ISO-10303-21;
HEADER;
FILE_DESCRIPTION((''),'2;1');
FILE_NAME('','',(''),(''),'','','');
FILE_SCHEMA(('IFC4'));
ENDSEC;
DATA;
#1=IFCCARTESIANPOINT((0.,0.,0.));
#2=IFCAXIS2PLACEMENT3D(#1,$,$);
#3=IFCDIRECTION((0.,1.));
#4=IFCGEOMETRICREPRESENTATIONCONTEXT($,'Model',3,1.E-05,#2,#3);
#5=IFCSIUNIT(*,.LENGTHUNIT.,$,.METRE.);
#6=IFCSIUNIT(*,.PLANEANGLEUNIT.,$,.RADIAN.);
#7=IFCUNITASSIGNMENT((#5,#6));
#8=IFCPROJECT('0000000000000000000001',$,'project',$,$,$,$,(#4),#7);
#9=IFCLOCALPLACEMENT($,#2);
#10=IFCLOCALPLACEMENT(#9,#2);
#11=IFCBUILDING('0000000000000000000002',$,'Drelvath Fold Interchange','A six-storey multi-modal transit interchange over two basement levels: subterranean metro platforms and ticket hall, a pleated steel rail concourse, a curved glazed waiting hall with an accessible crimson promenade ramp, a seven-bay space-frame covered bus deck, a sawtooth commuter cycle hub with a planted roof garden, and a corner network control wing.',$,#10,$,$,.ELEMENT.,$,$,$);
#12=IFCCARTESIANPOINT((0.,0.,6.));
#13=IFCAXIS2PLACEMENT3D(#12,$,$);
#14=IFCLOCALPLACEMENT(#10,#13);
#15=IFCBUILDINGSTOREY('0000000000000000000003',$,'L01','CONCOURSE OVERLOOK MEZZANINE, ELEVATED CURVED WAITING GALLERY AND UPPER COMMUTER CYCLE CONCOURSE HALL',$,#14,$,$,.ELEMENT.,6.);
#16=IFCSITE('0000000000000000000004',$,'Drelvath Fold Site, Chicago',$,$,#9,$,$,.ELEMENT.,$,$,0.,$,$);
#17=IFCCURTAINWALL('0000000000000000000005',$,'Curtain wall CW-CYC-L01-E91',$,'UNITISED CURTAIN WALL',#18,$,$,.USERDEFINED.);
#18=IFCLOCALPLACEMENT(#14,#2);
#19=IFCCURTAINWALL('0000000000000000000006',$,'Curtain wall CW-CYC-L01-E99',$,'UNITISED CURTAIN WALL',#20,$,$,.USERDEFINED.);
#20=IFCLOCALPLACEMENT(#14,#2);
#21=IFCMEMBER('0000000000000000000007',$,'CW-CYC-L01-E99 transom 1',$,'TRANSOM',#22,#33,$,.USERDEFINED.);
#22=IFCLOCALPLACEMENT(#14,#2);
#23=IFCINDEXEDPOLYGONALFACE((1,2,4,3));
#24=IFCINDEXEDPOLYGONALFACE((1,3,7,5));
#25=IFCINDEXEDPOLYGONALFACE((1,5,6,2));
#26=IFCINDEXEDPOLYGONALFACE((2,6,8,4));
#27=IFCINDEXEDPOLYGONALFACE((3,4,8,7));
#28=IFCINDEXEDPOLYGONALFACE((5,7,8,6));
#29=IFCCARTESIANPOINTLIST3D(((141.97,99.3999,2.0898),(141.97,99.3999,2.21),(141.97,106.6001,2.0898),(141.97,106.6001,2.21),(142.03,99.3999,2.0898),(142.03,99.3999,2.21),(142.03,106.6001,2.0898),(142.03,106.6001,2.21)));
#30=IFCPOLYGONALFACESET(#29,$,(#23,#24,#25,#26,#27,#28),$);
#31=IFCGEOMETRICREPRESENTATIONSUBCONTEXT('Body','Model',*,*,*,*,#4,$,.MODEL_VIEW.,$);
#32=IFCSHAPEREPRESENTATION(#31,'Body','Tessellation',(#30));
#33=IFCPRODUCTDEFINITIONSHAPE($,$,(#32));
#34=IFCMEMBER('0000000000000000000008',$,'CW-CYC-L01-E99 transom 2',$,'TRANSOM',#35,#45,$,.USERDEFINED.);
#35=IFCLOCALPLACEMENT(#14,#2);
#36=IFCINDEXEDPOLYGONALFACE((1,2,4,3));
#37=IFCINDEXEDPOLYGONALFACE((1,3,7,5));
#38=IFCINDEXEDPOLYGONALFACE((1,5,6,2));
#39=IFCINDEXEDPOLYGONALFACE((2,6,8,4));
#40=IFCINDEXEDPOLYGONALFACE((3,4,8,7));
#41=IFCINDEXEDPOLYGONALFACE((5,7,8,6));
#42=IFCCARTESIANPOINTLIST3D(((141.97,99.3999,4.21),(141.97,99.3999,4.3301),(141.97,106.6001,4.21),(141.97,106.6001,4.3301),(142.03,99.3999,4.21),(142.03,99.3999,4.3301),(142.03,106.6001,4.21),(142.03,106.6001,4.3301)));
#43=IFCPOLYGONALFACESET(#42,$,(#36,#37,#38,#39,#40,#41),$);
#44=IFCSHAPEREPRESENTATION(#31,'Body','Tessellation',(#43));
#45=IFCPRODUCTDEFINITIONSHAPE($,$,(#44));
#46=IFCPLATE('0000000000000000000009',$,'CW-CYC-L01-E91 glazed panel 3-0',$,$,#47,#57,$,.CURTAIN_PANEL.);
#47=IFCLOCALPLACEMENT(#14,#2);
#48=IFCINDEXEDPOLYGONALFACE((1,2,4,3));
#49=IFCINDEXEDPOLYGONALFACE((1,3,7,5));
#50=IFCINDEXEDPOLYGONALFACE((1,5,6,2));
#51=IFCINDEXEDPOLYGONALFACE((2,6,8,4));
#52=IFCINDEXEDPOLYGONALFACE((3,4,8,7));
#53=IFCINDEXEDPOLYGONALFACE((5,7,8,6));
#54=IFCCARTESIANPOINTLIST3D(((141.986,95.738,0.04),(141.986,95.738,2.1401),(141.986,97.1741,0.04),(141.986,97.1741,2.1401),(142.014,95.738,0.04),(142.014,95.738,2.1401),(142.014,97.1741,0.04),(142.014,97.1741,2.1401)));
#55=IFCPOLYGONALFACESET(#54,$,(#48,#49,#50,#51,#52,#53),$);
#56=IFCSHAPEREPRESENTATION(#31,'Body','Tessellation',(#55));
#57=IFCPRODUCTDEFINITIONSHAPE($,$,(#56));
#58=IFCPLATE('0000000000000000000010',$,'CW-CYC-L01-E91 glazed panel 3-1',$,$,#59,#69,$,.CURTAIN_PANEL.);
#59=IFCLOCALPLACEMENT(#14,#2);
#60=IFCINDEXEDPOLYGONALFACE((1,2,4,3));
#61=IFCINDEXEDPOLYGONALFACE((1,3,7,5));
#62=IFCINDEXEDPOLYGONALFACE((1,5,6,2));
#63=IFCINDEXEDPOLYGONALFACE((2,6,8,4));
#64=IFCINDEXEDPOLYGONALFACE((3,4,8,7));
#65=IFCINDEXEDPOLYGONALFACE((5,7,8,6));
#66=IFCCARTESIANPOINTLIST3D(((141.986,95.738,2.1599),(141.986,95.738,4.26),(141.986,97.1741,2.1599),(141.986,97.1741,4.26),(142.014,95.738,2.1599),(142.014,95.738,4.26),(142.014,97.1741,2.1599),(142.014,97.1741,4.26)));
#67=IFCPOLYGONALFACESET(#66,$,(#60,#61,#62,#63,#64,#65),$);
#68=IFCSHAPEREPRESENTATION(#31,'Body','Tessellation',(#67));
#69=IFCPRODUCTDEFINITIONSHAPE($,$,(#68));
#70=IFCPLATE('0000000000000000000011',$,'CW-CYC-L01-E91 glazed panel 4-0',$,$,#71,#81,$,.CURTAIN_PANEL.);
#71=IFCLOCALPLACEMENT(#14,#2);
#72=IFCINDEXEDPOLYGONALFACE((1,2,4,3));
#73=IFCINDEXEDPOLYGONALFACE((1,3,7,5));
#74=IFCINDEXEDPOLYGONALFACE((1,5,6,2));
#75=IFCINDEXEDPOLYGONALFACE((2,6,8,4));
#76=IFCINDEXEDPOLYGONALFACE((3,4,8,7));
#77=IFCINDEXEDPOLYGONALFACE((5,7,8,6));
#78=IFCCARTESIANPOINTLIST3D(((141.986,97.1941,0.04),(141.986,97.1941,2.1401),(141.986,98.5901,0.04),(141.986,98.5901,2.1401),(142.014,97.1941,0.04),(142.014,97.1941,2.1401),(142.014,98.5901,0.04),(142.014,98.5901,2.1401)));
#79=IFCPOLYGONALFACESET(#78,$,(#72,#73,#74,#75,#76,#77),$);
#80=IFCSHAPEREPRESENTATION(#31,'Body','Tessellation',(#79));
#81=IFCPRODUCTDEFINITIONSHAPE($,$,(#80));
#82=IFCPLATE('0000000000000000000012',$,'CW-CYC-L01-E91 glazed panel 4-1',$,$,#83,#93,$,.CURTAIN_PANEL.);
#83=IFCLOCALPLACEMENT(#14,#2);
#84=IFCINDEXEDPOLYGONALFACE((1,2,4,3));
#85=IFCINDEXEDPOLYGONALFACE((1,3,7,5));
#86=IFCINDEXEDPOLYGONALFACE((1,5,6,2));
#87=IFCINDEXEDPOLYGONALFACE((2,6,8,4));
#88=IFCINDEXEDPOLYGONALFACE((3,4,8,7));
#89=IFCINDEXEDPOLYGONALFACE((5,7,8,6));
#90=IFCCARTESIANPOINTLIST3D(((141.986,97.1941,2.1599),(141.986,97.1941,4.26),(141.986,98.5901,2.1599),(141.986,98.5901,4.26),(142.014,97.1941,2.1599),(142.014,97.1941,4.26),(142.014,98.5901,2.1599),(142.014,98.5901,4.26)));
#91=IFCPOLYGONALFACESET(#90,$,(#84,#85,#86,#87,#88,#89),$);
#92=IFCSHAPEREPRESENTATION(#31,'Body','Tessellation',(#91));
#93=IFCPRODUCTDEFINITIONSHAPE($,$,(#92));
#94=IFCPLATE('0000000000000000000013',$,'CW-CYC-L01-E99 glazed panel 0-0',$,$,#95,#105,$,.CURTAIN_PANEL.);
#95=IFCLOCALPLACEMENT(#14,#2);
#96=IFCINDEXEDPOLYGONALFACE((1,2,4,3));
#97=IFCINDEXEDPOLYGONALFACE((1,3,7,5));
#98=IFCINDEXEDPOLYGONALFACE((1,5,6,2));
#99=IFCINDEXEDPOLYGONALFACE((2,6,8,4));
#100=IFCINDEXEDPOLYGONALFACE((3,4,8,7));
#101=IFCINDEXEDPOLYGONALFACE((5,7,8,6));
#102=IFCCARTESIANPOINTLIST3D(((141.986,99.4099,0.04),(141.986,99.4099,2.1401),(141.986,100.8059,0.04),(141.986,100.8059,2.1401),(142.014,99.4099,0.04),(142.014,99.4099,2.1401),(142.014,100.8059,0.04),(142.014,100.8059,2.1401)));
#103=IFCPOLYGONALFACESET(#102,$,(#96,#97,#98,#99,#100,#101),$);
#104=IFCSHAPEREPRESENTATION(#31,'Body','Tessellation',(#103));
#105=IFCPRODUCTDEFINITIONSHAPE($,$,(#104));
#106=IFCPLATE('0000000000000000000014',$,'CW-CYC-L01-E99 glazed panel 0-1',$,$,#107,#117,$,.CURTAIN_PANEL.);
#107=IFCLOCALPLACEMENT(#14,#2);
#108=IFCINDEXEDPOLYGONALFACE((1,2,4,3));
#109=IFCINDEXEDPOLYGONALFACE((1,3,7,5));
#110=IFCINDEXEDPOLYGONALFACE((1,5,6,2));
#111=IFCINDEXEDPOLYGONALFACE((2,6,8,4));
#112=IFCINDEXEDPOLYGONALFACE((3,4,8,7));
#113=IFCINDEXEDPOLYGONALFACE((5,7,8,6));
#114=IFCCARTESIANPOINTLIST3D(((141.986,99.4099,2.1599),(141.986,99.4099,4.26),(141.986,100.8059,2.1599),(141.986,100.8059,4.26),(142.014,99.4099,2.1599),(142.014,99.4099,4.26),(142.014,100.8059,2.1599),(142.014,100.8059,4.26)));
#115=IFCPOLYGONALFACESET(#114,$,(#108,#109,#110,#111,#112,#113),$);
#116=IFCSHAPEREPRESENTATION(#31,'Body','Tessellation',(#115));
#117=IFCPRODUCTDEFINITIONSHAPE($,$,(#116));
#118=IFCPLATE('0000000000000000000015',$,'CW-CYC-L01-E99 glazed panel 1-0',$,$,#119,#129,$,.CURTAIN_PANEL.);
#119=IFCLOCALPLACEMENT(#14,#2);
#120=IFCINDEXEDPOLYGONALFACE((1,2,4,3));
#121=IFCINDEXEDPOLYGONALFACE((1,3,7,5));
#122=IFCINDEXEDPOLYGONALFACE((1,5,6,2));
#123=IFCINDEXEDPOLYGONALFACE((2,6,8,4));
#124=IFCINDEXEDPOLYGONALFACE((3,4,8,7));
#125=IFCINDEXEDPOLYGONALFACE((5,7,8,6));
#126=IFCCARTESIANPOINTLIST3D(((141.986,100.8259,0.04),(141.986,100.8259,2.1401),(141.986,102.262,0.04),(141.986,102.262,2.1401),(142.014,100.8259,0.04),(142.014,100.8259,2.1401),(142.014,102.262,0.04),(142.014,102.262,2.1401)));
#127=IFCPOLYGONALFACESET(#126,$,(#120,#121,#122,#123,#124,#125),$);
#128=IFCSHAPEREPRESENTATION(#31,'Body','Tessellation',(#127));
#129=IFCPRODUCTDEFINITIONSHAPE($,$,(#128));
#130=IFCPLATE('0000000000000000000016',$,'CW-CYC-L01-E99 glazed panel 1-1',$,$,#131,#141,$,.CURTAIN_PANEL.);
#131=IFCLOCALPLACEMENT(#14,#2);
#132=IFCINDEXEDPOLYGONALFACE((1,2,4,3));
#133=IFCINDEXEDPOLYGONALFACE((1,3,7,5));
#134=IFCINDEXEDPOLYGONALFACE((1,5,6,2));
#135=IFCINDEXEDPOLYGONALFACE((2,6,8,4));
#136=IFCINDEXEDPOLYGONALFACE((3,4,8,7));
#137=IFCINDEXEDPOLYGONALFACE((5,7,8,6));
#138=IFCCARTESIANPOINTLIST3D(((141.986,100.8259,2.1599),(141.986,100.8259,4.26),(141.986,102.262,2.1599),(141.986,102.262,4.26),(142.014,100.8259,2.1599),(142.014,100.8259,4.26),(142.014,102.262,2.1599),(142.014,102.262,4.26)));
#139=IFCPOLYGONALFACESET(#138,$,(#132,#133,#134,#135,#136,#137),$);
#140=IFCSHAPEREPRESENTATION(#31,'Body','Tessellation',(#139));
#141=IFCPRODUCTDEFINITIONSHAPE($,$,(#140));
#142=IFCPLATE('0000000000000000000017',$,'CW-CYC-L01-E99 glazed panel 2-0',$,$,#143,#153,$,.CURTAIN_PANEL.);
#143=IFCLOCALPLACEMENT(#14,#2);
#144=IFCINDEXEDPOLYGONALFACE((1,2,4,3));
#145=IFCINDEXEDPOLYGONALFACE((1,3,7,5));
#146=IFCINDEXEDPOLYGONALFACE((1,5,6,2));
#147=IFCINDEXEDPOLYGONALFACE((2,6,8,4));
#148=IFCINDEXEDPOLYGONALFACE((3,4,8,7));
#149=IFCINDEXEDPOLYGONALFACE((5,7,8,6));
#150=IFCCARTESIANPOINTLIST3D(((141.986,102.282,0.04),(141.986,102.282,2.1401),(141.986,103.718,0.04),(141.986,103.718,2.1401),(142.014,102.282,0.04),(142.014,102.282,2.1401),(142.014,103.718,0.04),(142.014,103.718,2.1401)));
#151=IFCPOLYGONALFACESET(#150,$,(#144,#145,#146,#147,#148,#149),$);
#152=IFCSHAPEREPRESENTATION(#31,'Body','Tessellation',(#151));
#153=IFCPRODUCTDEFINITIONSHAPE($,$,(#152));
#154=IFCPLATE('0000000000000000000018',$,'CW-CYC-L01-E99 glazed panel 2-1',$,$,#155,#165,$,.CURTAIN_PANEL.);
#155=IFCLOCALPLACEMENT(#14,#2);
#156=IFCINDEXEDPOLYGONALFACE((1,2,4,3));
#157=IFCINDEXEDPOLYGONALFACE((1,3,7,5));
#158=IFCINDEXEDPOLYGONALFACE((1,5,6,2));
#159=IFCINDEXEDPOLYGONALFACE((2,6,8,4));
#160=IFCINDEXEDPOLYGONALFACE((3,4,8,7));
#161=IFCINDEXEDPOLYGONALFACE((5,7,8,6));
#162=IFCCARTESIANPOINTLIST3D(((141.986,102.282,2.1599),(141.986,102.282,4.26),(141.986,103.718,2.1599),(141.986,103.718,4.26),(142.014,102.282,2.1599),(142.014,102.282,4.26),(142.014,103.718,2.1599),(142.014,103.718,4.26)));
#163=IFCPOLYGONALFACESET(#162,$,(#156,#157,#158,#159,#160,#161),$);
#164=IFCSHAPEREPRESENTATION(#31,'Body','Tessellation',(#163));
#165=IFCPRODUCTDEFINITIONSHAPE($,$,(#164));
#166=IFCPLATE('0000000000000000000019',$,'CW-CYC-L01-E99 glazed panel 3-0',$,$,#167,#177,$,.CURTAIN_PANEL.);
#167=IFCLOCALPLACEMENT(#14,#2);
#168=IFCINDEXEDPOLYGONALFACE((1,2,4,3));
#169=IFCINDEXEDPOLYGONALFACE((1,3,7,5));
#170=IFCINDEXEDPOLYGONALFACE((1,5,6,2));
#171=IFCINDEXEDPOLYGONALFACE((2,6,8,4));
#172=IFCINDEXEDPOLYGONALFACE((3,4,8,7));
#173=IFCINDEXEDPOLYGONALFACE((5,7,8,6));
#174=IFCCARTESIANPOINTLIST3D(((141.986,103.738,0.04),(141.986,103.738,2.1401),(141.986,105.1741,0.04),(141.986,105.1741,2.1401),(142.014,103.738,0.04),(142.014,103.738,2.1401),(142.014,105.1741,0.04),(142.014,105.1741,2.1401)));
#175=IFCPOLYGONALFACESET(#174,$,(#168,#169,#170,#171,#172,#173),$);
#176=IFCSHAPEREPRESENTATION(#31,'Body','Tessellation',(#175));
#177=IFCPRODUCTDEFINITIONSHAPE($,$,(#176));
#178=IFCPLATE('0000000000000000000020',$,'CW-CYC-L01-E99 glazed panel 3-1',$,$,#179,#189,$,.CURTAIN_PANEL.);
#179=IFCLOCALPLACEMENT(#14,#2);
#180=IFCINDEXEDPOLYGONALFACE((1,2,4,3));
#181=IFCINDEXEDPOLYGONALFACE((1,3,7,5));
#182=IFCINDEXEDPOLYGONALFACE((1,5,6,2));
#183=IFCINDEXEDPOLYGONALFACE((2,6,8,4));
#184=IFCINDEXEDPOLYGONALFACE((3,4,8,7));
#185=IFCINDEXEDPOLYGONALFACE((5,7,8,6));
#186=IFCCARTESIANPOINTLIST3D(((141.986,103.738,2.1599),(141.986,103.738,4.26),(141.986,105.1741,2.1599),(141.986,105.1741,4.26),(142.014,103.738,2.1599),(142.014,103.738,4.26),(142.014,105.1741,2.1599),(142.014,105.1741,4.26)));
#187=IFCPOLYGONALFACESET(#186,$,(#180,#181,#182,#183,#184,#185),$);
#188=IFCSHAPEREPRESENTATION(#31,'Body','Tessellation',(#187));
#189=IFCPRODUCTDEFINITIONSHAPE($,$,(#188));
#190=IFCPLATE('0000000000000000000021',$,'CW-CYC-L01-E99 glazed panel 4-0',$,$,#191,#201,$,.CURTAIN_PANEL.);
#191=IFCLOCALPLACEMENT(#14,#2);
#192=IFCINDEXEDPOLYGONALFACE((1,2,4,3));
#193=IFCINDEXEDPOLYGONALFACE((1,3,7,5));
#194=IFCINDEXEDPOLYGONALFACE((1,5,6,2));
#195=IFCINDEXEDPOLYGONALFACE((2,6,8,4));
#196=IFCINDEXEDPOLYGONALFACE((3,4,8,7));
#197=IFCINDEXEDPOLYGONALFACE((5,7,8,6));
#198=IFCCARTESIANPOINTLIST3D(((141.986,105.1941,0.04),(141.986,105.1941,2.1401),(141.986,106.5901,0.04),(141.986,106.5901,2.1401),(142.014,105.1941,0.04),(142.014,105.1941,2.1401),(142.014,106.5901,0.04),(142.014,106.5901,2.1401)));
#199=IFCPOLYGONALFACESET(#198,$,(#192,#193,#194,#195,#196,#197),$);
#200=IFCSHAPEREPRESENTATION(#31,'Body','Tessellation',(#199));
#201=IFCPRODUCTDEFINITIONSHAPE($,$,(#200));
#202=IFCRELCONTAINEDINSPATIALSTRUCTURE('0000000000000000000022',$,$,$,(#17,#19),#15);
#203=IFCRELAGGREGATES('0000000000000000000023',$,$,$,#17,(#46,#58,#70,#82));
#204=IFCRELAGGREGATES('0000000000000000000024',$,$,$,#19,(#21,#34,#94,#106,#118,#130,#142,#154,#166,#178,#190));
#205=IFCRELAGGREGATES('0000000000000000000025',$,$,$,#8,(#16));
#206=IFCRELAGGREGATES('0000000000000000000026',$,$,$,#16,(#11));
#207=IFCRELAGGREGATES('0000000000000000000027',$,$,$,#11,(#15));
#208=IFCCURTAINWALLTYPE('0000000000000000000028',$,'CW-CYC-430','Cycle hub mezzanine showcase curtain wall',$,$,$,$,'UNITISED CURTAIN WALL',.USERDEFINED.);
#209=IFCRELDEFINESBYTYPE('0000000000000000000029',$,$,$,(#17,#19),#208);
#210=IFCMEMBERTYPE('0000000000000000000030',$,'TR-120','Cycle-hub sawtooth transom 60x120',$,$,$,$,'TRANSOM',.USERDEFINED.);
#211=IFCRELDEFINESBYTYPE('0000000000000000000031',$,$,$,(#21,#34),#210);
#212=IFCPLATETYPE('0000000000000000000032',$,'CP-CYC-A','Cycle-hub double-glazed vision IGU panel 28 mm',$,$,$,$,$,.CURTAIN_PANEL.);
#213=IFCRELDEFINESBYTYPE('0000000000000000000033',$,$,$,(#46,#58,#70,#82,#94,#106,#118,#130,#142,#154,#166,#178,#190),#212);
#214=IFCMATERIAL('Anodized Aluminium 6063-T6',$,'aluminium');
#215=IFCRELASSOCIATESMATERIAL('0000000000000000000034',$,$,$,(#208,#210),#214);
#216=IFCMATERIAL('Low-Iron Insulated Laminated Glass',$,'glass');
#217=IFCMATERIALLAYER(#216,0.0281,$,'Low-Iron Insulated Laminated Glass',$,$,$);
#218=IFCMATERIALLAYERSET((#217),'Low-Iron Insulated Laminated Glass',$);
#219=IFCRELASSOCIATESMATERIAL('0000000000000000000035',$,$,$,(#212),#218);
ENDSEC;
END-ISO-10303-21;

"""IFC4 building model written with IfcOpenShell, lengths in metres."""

from ifc_helpers import new_model, si_unit, direction, frame, origin, origin_2d, place, context, subcontext, project, spatial, rectangle, extrude, material, layer, layer_set, material_profile, profile_set, type_object, element, aggregate, save


model = new_model("IFC4")

# Units and contexts
model_context = context("Model", 3, precision=1e-05, world=origin(), true_north=direction((0.0, 1.0)))
body_context = subcontext(model_context, "Body", "Model", "MODEL_VIEW")
ifc_project = project(units=[si_unit("LENGTHUNIT", "METRE"), si_unit("PLANEANGLEUNIT", "RADIAN")], contexts=[model_context])

# Site, building, storey
site_placement = place(None, origin())
site = spatial("IfcSite", under=ifc_project, at=site_placement, Name="Drelvath Fold Site, Chicago", CompositionType="ELEMENT", RefElevation=0.0)
building_placement = place(site_placement, origin())
building = spatial("IfcBuilding", under=site, at=building_placement, Name="Drelvath Fold Interchange", Description="A six-storey multi-modal transit interchange over two basement levels: subterranean metro platforms and ticket hall, a pleated steel rail concourse, a curved glazed waiting hall with an accessible crimson promenade ramp, a seven-bay space-frame covered bus deck, a sawtooth commuter cycle hub with a planted roof garden, and a corner network control wing.", CompositionType="ELEMENT")
storey_placement = place(building_placement, frame((0.0, 0.0, 6.0)))
storey = spatial("IfcBuildingStorey", under=building, at=storey_placement, Name="L01", Description="CONCOURSE OVERLOOK MEZZANINE, ELEVATED CURVED WAITING GALLERY AND UPPER COMMUTER CYCLE CONCOURSE HALL", CompositionType="ELEMENT", Elevation=6.0)

# Curtain walls, members
ifc_material_1 = material(Name="Anodized Aluminium 6063-T6", Category="aluminium")
curtain_wall_type = type_object("IfcCurtainWallType", Name="CW-CYC-430", Description="Cycle hub mezzanine showcase curtain wall", ElementType="UNITISED CURTAIN WALL", PredefinedType="USERDEFINED", material=ifc_material_1)
curtain_wall_1_placement = place(storey_placement, origin())
curtain_wall_1 = element("IfcCurtainWall", 1, at=curtain_wall_1_placement, inside=storey, type_object=curtain_wall_type, Name="Curtain wall CW-CYC-L01-E91", ObjectType="UNITISED CURTAIN WALL", PredefinedType="USERDEFINED")
curtain_wall_2_placement = place(storey_placement, origin())
curtain_wall_2 = element("IfcCurtainWall", 2, at=curtain_wall_2_placement, inside=storey, type_object=curtain_wall_type, Name="Curtain wall CW-CYC-L01-E99", ObjectType="UNITISED CURTAIN WALL", PredefinedType="USERDEFINED")
ifc_material_profile_1 = material_profile(ifc_material_1, rectangle(XDim=0.0601, YDim=0.1201, at=origin_2d()), Name="AL-T 60x120")
ifc_profile_set_1 = profile_set([ifc_material_profile_1], Name="Anodized Aluminium 6063-T6")
member_type_1 = type_object("IfcMemberType", Name="TR-120", Description="Cycle-hub sawtooth transom 60x120", ElementType="TRANSOM", PredefinedType="USERDEFINED", material=ifc_profile_set_1)
member_1_placement = place(storey_placement, frame((142.0, 99.3999, 2.1499), z_axis=(0.0, 1.0, 0.0), x_axis=(-1.0, 0.0, 0.0)))
member_1 = element("IfcMember", 3, at=member_1_placement, type_object=member_type_1, Name="CW-CYC-L01-E99 transom 1", ObjectType="TRANSOM", PredefinedType="USERDEFINED", context=body_context, shape_type="SweptSolid", body=[
    extrude(rectangle(XDim=0.0601, YDim=0.1201, at=origin_2d()), origin(), (0.0, 0.0, 1.0), 7.2002),
])
member_2_placement = place(storey_placement, frame((142.0, 99.3999, 4.27), z_axis=(0.0, 1.0, 0.0), x_axis=(-1.0, 0.0, 0.0)))
member_2 = element("IfcMember", 4, at=member_2_placement, type_object=member_type_1, Name="CW-CYC-L01-E99 transom 2", ObjectType="TRANSOM", PredefinedType="USERDEFINED", context=body_context, shape_type="SweptSolid", body=[
    extrude(rectangle(XDim=0.0601, YDim=0.1201, at=origin_2d()), origin(), (0.0, 0.0, 1.0), 7.2002),
])

# Plates
ifc_material_2 = material(Name="Low-Iron Insulated Laminated Glass", Category="glass")
ifc_layer = layer(ifc_material_2, 0.0281, Name="Low-Iron Insulated Laminated Glass")
ifc_layer_set = layer_set([ifc_layer], Name="Low-Iron Insulated Laminated Glass")
plate_type = type_object("IfcPlateType", Name="CP-CYC-A", Description="Cycle-hub double-glazed vision IGU panel 28 mm", PredefinedType="CURTAIN_PANEL", material=ifc_layer_set)
plate_1_placement = place(storey_placement, frame((142.0, 96.4561, 0.04), z_axis=(0.0, 0.0, 1.0), x_axis=(0.0, 1.0, 0.0)))
plate_1 = element("IfcPlate", 5, at=plate_1_placement, type_object=plate_type, Name="CW-CYC-L01-E91 glazed panel 3-0", PredefinedType="CURTAIN_PANEL", context=body_context, shape_type="SweptSolid", body=[
    extrude(rectangle(XDim=1.436, YDim=0.0281, at=origin_2d()), origin(), (0.0, 0.0, 1.0), 2.1001),
])
plate_2_placement = place(storey_placement, frame((142.0, 96.4561, 2.1599), z_axis=(0.0, 0.0, 1.0), x_axis=(0.0, 1.0, 0.0)))
plate_2 = element("IfcPlate", 6, at=plate_2_placement, type_object=plate_type, Name="CW-CYC-L01-E91 glazed panel 3-1", PredefinedType="CURTAIN_PANEL", context=body_context, shape_type="SweptSolid", body=[
    extrude(rectangle(XDim=1.436, YDim=0.0281, at=origin_2d()), origin(), (0.0, 0.0, 1.0), 2.1001),
])
plate_3_placement = place(storey_placement, frame((142.0, 97.8921, 0.04), z_axis=(0.0, 0.0, 1.0), x_axis=(0.0, 1.0, 0.0)))
plate_3 = element("IfcPlate", 7, at=plate_3_placement, type_object=plate_type, Name="CW-CYC-L01-E91 glazed panel 4-0", PredefinedType="CURTAIN_PANEL", context=body_context, shape_type="SweptSolid", body=[
    extrude(rectangle(XDim=1.396, YDim=0.0281, at=origin_2d()), origin(), (0.0, 0.0, 1.0), 2.1001),
])
plate_4_placement = place(storey_placement, frame((142.0, 97.8921, 2.1599), z_axis=(0.0, 0.0, 1.0), x_axis=(0.0, 1.0, 0.0)))
plate_4 = element("IfcPlate", 8, at=plate_4_placement, type_object=plate_type, Name="CW-CYC-L01-E91 glazed panel 4-1", PredefinedType="CURTAIN_PANEL", context=body_context, shape_type="SweptSolid", body=[
    extrude(rectangle(XDim=1.396, YDim=0.0281, at=origin_2d()), origin(), (0.0, 0.0, 1.0), 2.1001),
])
aggregate(curtain_wall_1, [plate_1, plate_2, plate_3, plate_4])
plate_5_placement = place(storey_placement, frame((142.0, 100.1079, 0.04), z_axis=(0.0, 0.0, 1.0), x_axis=(0.0, 1.0, 0.0)))
plate_5 = element("IfcPlate", 9, at=plate_5_placement, type_object=plate_type, Name="CW-CYC-L01-E99 glazed panel 0-0", PredefinedType="CURTAIN_PANEL", context=body_context, shape_type="SweptSolid", body=[
    extrude(rectangle(XDim=1.396, YDim=0.0281, at=origin_2d()), origin(), (0.0, 0.0, 1.0), 2.1001),
])
plate_6_placement = place(storey_placement, frame((142.0, 100.1079, 2.1599), z_axis=(0.0, 0.0, 1.0), x_axis=(0.0, 1.0, 0.0)))
plate_6 = element("IfcPlate", 10, at=plate_6_placement, type_object=plate_type, Name="CW-CYC-L01-E99 glazed panel 0-1", PredefinedType="CURTAIN_PANEL", context=body_context, shape_type="SweptSolid", body=[
    extrude(rectangle(XDim=1.396, YDim=0.0281, at=origin_2d()), origin(), (0.0, 0.0, 1.0), 2.1001),
])
plate_7_placement = place(storey_placement, frame((142.0, 101.5439, 0.04), z_axis=(0.0, 0.0, 1.0), x_axis=(0.0, 1.0, 0.0)))
plate_7 = element("IfcPlate", 11, at=plate_7_placement, type_object=plate_type, Name="CW-CYC-L01-E99 glazed panel 1-0", PredefinedType="CURTAIN_PANEL", context=body_context, shape_type="SweptSolid", body=[
    extrude(rectangle(XDim=1.436, YDim=0.0281, at=origin_2d()), origin(), (0.0, 0.0, 1.0), 2.1001),
])
plate_8_placement = place(storey_placement, frame((142.0, 101.5439, 2.1599), z_axis=(0.0, 0.0, 1.0), x_axis=(0.0, 1.0, 0.0)))
plate_8 = element("IfcPlate", 12, at=plate_8_placement, type_object=plate_type, Name="CW-CYC-L01-E99 glazed panel 1-1", PredefinedType="CURTAIN_PANEL", context=body_context, shape_type="SweptSolid", body=[
    extrude(rectangle(XDim=1.436, YDim=0.0281, at=origin_2d()), origin(), (0.0, 0.0, 1.0), 2.1001),
])
plate_9_placement = place(storey_placement, frame((142.0, 103.0, 0.04), z_axis=(0.0, 0.0, 1.0), x_axis=(0.0, 1.0, 0.0)))
plate_9 = element("IfcPlate", 13, at=plate_9_placement, type_object=plate_type, Name="CW-CYC-L01-E99 glazed panel 2-0", PredefinedType="CURTAIN_PANEL", context=body_context, shape_type="SweptSolid", body=[
    extrude(rectangle(XDim=1.436, YDim=0.0281, at=origin_2d()), origin(), (0.0, 0.0, 1.0), 2.1001),
])
plate_10_placement = place(storey_placement, frame((142.0, 103.0, 2.1599), z_axis=(0.0, 0.0, 1.0), x_axis=(0.0, 1.0, 0.0)))
plate_10 = element("IfcPlate", 14, at=plate_10_placement, type_object=plate_type, Name="CW-CYC-L01-E99 glazed panel 2-1", PredefinedType="CURTAIN_PANEL", context=body_context, shape_type="SweptSolid", body=[
    extrude(rectangle(XDim=1.436, YDim=0.0281, at=origin_2d()), origin(), (0.0, 0.0, 1.0), 2.1001),
])
plate_11_placement = place(storey_placement, frame((142.0, 104.4561, 0.04), z_axis=(0.0, 0.0, 1.0), x_axis=(0.0, 1.0, 0.0)))
plate_11 = element("IfcPlate", 15, at=plate_11_placement, type_object=plate_type, Name="CW-CYC-L01-E99 glazed panel 3-0", PredefinedType="CURTAIN_PANEL", context=body_context, shape_type="SweptSolid", body=[
    extrude(rectangle(XDim=1.436, YDim=0.0281, at=origin_2d()), origin(), (0.0, 0.0, 1.0), 2.1001),
])
plate_12_placement = place(storey_placement, frame((142.0, 104.4561, 2.1599), z_axis=(0.0, 0.0, 1.0), x_axis=(0.0, 1.0, 0.0)))
plate_12 = element("IfcPlate", 16, at=plate_12_placement, type_object=plate_type, Name="CW-CYC-L01-E99 glazed panel 3-1", PredefinedType="CURTAIN_PANEL", context=body_context, shape_type="SweptSolid", body=[
    extrude(rectangle(XDim=1.436, YDim=0.0281, at=origin_2d()), origin(), (0.0, 0.0, 1.0), 2.1001),
])
plate_13_placement = place(storey_placement, frame((142.0, 105.8921, 0.04), z_axis=(0.0, 0.0, 1.0), x_axis=(0.0, 1.0, 0.0)))
plate_13 = element("IfcPlate", 17, at=plate_13_placement, type_object=plate_type, Name="CW-CYC-L01-E99 glazed panel 4-0", PredefinedType="CURTAIN_PANEL", context=body_context, shape_type="SweptSolid", body=[
    extrude(rectangle(XDim=1.396, YDim=0.0281, at=origin_2d()), origin(), (0.0, 0.0, 1.0), 2.1001),
])
aggregate(curtain_wall_2, [member_1, member_2, plate_5, plate_6, plate_7, plate_8, plate_9, plate_10, plate_11, plate_12, plate_13])

save(model, "model.ifc")
